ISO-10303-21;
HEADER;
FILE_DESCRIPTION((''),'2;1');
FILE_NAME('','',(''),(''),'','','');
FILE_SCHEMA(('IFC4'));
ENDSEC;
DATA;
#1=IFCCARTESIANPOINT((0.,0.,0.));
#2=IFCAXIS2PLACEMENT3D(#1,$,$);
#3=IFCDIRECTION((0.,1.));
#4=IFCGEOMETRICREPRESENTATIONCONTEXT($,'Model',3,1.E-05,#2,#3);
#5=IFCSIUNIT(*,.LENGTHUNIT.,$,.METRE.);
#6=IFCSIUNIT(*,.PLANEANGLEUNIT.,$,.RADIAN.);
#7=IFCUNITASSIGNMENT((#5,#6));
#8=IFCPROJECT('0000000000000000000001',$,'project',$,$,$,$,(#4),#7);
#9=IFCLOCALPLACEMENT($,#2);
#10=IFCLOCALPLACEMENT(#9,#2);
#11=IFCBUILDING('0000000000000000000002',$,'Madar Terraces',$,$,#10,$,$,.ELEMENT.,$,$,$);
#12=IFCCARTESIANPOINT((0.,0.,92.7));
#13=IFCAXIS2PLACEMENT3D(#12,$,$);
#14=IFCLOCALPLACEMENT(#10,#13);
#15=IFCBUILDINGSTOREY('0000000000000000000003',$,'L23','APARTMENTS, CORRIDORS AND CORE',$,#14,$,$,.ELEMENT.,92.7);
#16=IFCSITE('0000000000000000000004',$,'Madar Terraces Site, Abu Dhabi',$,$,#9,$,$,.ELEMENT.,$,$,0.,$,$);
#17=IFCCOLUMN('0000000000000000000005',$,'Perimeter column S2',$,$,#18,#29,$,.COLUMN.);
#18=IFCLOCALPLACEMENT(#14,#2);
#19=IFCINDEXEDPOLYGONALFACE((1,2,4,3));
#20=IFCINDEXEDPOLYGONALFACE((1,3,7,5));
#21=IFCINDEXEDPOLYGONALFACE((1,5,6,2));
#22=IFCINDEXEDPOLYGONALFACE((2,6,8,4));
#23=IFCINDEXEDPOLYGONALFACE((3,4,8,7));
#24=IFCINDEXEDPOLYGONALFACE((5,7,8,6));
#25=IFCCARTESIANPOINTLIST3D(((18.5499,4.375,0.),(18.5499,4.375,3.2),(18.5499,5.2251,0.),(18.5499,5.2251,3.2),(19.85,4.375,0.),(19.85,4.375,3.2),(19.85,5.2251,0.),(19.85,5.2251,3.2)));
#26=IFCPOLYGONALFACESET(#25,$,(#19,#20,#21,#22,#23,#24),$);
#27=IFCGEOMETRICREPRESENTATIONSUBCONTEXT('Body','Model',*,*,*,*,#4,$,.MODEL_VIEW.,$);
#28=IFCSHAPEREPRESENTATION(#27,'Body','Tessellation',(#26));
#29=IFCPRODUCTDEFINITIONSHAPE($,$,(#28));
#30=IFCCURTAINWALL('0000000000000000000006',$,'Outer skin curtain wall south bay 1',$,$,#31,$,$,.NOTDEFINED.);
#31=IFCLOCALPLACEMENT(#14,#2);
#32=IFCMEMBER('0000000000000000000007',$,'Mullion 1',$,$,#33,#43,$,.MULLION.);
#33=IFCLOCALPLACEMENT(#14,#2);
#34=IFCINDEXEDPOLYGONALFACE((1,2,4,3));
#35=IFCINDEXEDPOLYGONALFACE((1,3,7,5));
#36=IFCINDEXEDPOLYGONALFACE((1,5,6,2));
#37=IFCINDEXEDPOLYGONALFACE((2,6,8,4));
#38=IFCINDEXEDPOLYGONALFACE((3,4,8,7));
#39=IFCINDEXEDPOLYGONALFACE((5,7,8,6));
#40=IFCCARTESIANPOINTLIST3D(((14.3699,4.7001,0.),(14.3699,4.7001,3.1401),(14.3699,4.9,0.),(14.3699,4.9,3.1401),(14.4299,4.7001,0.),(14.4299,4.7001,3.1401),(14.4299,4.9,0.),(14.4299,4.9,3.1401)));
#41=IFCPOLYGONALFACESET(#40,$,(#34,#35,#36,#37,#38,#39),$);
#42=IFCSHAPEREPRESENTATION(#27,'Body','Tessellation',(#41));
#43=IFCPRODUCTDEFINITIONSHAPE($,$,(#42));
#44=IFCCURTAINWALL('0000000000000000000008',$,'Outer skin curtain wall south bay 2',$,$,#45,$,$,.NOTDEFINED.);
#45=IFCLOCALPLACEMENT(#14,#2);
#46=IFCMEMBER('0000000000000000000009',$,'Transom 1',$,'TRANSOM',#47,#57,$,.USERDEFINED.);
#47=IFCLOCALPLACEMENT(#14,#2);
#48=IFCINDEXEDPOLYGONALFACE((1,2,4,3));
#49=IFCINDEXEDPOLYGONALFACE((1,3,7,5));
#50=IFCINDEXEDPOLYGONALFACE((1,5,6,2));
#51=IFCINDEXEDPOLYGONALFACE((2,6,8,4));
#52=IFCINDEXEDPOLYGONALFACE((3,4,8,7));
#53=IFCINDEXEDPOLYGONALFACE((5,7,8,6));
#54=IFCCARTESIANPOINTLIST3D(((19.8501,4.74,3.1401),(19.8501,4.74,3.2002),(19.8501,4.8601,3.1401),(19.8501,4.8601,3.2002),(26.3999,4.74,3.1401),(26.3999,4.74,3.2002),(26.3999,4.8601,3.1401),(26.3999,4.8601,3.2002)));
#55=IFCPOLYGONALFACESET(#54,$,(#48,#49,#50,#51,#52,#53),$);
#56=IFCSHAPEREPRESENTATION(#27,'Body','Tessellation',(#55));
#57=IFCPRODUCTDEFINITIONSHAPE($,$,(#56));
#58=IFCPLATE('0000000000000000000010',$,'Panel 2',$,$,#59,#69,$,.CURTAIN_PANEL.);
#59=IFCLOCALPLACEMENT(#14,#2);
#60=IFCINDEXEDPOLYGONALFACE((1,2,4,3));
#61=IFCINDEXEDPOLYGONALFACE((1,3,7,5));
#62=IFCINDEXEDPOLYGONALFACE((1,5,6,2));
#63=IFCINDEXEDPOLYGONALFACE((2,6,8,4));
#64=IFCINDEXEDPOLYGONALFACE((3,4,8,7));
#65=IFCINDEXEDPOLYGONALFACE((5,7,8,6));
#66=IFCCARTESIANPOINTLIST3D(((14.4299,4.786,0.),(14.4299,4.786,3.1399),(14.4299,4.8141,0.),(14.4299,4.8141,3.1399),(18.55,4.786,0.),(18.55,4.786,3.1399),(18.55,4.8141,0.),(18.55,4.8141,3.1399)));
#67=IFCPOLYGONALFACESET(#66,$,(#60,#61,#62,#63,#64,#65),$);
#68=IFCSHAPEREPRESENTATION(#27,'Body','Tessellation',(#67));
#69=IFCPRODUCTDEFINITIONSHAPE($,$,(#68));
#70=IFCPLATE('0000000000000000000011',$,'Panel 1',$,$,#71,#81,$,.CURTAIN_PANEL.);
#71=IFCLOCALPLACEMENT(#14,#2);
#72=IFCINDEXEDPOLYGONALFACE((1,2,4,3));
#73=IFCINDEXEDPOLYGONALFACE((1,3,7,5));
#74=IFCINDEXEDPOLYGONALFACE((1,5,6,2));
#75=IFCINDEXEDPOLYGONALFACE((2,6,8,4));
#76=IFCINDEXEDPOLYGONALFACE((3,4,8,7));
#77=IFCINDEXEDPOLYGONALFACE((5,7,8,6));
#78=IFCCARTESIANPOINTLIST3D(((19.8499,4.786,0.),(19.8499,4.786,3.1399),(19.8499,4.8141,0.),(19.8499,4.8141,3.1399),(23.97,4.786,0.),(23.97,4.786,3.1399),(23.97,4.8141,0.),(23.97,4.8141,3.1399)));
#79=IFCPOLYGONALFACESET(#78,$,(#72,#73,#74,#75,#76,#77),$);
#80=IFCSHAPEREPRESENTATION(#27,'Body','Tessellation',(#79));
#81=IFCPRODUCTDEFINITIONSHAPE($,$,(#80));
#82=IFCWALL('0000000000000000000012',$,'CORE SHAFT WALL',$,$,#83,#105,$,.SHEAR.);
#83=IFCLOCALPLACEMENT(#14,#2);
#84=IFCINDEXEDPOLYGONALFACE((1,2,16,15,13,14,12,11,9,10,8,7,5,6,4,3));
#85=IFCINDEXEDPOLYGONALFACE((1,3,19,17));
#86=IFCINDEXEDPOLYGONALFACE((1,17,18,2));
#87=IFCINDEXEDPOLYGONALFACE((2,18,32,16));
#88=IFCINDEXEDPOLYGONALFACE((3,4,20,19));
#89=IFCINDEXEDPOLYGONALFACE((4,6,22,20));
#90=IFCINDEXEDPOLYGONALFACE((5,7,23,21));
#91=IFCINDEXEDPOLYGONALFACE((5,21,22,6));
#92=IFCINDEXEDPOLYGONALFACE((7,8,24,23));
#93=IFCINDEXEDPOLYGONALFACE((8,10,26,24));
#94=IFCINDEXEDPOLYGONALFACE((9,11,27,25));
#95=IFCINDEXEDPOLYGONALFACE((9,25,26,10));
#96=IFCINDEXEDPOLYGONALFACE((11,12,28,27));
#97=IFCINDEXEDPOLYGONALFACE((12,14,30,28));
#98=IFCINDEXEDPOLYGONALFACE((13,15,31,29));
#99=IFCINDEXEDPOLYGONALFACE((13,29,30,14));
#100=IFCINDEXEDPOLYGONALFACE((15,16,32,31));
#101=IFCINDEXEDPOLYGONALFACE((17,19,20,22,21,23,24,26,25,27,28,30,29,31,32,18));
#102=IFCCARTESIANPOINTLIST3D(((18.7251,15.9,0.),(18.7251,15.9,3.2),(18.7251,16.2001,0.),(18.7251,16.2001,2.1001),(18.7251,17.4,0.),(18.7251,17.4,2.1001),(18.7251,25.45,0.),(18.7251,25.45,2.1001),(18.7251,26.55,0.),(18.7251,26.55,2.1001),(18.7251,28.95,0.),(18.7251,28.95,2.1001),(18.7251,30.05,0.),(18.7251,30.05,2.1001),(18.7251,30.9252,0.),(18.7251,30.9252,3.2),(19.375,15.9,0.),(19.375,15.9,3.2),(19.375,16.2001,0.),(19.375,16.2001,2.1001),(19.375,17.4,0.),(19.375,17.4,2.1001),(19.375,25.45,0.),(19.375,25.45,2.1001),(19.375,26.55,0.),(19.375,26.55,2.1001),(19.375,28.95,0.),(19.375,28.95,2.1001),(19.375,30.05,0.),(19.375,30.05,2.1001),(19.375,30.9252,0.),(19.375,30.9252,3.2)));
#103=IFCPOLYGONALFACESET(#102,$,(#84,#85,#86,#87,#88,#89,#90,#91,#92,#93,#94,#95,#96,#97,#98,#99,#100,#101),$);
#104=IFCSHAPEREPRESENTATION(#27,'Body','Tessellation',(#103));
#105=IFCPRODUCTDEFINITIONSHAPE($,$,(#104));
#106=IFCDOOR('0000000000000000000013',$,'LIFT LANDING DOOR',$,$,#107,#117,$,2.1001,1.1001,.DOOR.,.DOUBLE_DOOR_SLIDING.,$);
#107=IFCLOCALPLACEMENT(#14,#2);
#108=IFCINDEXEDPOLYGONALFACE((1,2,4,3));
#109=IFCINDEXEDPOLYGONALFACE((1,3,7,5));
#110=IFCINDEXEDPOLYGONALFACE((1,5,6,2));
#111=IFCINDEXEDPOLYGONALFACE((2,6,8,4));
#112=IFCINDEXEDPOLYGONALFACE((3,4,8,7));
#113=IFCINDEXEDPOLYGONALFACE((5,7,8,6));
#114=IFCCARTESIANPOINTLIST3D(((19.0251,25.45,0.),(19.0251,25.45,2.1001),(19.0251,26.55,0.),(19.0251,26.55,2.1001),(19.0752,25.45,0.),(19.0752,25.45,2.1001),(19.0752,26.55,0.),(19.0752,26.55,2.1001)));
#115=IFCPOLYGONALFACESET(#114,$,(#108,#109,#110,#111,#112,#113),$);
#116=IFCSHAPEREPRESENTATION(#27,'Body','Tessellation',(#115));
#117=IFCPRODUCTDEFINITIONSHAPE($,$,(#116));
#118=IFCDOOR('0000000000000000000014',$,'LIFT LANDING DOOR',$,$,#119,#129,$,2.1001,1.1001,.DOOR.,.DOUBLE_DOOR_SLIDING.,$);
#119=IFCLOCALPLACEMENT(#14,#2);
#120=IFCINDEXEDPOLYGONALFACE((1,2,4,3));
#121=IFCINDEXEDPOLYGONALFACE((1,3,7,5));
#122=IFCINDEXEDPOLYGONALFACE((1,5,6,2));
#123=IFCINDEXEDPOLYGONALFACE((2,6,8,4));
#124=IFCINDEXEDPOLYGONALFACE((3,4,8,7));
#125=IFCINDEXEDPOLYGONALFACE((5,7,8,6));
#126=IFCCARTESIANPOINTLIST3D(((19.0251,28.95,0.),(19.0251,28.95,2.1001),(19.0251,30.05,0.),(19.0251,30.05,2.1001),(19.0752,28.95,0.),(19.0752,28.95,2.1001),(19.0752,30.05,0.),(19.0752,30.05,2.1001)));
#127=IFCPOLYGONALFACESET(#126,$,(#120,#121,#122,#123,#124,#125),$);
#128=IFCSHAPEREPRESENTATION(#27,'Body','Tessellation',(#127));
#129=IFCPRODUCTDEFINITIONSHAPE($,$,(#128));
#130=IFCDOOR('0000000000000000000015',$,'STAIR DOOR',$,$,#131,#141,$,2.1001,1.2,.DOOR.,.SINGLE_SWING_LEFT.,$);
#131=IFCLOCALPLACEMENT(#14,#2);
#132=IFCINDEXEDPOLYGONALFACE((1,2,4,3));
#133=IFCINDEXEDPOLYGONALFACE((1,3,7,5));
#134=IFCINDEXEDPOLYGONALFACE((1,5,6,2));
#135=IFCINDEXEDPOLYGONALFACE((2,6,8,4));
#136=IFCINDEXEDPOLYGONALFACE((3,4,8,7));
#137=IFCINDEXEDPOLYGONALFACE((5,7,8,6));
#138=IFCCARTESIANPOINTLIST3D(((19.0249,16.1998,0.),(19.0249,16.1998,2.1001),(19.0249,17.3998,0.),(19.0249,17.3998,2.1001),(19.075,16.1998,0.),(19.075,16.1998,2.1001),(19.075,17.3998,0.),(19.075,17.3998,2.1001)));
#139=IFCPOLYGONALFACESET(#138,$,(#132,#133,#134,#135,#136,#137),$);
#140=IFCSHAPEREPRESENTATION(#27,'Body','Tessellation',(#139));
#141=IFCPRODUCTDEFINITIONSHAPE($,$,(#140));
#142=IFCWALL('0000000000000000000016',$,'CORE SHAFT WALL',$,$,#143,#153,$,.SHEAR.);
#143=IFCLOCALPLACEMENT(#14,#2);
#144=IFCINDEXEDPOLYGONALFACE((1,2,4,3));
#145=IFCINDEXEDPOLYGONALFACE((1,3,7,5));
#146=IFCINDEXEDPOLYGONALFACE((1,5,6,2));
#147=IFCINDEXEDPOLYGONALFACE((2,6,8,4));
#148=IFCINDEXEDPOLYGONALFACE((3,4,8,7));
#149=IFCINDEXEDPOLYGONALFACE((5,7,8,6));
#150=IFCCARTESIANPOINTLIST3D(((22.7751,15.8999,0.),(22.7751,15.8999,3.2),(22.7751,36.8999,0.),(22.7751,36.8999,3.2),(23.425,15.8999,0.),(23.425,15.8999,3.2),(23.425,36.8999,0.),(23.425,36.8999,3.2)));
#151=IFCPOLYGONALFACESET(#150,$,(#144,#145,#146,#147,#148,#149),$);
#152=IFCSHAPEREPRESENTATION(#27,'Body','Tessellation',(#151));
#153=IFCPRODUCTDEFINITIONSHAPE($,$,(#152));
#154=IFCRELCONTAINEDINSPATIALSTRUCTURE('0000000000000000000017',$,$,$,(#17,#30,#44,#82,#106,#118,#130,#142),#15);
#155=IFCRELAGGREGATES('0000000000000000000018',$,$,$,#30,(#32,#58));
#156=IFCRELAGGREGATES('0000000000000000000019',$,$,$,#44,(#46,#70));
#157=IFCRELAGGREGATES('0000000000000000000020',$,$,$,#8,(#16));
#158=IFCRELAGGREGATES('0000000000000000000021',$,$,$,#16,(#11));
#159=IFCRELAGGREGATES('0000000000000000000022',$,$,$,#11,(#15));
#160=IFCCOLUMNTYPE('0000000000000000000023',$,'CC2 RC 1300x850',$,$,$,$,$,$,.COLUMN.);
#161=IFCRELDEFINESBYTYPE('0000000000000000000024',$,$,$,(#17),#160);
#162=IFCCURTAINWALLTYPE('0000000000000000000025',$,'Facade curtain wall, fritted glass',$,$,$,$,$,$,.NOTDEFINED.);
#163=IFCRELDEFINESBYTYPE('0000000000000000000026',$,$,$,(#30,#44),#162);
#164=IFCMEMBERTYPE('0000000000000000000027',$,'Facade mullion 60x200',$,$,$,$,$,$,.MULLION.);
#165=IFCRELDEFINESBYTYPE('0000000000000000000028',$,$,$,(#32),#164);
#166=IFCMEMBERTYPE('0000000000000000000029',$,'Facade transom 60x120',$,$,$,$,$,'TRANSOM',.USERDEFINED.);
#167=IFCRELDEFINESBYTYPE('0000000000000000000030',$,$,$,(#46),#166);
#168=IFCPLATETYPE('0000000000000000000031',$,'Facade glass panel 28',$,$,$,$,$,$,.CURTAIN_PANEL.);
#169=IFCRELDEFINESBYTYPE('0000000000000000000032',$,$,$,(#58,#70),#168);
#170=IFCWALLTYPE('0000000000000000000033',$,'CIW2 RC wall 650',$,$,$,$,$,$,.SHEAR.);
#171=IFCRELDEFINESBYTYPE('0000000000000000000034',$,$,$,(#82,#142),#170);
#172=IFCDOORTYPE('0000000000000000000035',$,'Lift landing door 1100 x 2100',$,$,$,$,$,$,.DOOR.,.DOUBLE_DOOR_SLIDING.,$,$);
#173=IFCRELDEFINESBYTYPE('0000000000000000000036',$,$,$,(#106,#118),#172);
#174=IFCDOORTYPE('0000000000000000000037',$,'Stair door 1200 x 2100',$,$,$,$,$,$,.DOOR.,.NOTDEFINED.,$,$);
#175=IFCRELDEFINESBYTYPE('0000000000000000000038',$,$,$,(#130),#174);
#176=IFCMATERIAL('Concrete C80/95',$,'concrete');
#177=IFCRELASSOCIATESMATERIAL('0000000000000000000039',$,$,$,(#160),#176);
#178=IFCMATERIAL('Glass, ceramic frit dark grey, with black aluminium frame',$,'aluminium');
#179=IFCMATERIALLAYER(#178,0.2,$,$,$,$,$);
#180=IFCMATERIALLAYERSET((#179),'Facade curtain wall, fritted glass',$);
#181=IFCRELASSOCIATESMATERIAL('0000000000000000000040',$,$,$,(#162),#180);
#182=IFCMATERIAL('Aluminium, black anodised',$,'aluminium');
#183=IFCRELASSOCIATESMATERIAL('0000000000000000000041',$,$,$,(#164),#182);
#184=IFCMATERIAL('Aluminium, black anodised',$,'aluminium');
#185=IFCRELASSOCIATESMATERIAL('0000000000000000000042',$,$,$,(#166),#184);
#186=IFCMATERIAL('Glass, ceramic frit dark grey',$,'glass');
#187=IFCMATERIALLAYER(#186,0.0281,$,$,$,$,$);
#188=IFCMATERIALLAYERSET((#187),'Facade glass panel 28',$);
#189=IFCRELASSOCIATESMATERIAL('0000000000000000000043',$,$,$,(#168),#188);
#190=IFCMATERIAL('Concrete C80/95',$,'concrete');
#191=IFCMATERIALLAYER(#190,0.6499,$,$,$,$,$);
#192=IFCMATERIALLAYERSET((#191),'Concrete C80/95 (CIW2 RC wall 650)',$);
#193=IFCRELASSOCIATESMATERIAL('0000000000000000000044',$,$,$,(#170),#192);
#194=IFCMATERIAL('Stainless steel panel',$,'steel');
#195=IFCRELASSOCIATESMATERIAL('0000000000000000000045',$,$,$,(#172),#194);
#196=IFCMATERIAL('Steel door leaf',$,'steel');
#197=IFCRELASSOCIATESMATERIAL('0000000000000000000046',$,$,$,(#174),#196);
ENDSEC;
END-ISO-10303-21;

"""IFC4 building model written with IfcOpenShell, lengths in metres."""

from ifc_helpers import new_model, si_unit, direction, frame, frame_2d, origin, origin_2d, place, context, subcontext, project, spatial, rectangle, extrude, material, layer, layer_set, material_profile, profile_set, type_object, element, fill, aggregate, save


model = new_model("IFC4")

# Units and contexts
model_context = context("Model", 3, precision=1e-05, world=origin(), true_north=direction((0.0, 1.0)))
body_context = subcontext(model_context, "Body", "Model", "MODEL_VIEW")
ifc_project = project(units=[si_unit("LENGTHUNIT", "METRE"), si_unit("PLANEANGLEUNIT", "RADIAN")], contexts=[model_context])

# Site, building, storey
site_placement = place(None, origin())
site = spatial("IfcSite", under=ifc_project, at=site_placement, Name="Madar Terraces Site, Abu Dhabi", CompositionType="ELEMENT", RefElevation=0.0)
building_placement = place(site_placement, origin())
building = spatial("IfcBuilding", under=site, at=building_placement, Name="Madar Terraces", CompositionType="ELEMENT")
storey_placement = place(building_placement, frame((0.0, 0.0, 92.7)))
storey = spatial("IfcBuildingStorey", under=building, at=storey_placement, Name="L23", Description="APARTMENTS, CORRIDORS AND CORE", CompositionType="ELEMENT", Elevation=92.7)

# Column
ifc_material_1 = material(Name="Concrete C80/95", Category="concrete")
ifc_material_profile_1 = material_profile(ifc_material_1, rectangle(XDim=1.3, YDim=0.8501, at=origin_2d()), Name="CC2 RC 1300x850")
ifc_profile_set_1 = profile_set([ifc_material_profile_1], Name="Concrete C80/95")
column_type = type_object("IfcColumnType", Name="CC2 RC 1300x850", PredefinedType="COLUMN", material=ifc_profile_set_1)
column_placement = place(storey_placement, frame((19.2, 4.8, 0.0), z_axis=(0.0, 0.0, 1.0), x_axis=(1.0, 0.0, 0.0)))
element("IfcColumn", 1, at=column_placement, inside=storey, type_object=column_type, Name="Perimeter column S2", PredefinedType="COLUMN", context=body_context, shape_type="SweptSolid", body=[
    extrude(rectangle(XDim=1.3, YDim=0.8501, at=origin_2d()), origin(), (0.0, 0.0, 1.0), 3.2),
])

# Curtain walls, members
ifc_material_2 = material(Name="Glass, ceramic frit dark grey, with black aluminium frame", Category="aluminium")
ifc_layer_1 = layer(ifc_material_2, 0.2)
ifc_layer_set_1 = layer_set([ifc_layer_1], Name="Facade curtain wall, fritted glass")
curtain_wall_type = type_object("IfcCurtainWallType", Name="Facade curtain wall, fritted glass", PredefinedType="NOTDEFINED", material=ifc_layer_set_1)
curtain_wall_1_placement = place(storey_placement, origin())
curtain_wall_1 = element("IfcCurtainWall", 2, at=curtain_wall_1_placement, inside=storey, type_object=curtain_wall_type, Name="Outer skin curtain wall south bay 1", PredefinedType="NOTDEFINED")
ifc_material_3 = material(Name="Aluminium, black anodised", Category="aluminium")
ifc_material_profile_2 = material_profile(ifc_material_3, rectangle(XDim=0.2, YDim=0.0601, at=origin_2d()), Name="Facade mullion 60x200")
ifc_profile_set_2 = profile_set([ifc_material_profile_2], Name="Aluminium, black anodised")
member_type_1 = type_object("IfcMemberType", Name="Facade mullion 60x200", PredefinedType="MULLION", material=ifc_profile_set_2)
member_1_placement = place(storey_placement, frame((14.3999, 4.8, 0.0), z_axis=(0.0, 0.0, 1.0), x_axis=(0.0, 1.0, 0.0)))
member_1 = element("IfcMember", 3, at=member_1_placement, type_object=member_type_1, Name="Mullion 1", PredefinedType="MULLION", context=body_context, shape_type="SweptSolid", body=[
    extrude(rectangle(XDim=0.2, YDim=0.0601, at=origin_2d()), origin(), (0.0, 0.0, 1.0), 3.1401),
])
curtain_wall_2_placement = place(storey_placement, origin())
curtain_wall_2 = element("IfcCurtainWall", 4, at=curtain_wall_2_placement, inside=storey, type_object=curtain_wall_type, Name="Outer skin curtain wall south bay 2", PredefinedType="NOTDEFINED")
ifc_material_4 = material(Name="Aluminium, black anodised", Category="aluminium")
ifc_material_profile_3 = material_profile(ifc_material_4, rectangle(XDim=0.1201, YDim=0.0601, at=origin_2d()), Name="Facade transom 60x120")
ifc_profile_set_3 = profile_set([ifc_material_profile_3], Name="Aluminium, black anodised")
member_type_2 = type_object("IfcMemberType", Name="Facade transom 60x120", ElementType="TRANSOM", PredefinedType="USERDEFINED", material=ifc_profile_set_3)
member_2_placement = place(storey_placement, frame((19.8501, 4.8, 3.1702), z_axis=(1.0, 0.0, 0.0), x_axis=(0.0, 1.0, 0.0)))
member_2 = element("IfcMember", 5, at=member_2_placement, type_object=member_type_2, Name="Transom 1", ObjectType="TRANSOM", PredefinedType="USERDEFINED", context=body_context, shape_type="SweptSolid", body=[
    extrude(rectangle(XDim=0.1201, YDim=0.0601, at=origin_2d()), origin(), (0.0, 0.0, 1.0), 6.5498),
])

# Plates
ifc_material_5 = material(Name="Glass, ceramic frit dark grey", Category="glass")
ifc_layer_2 = layer(ifc_material_5, 0.0281)
ifc_layer_set_2 = layer_set([ifc_layer_2], Name="Facade glass panel 28")
plate_type = type_object("IfcPlateType", Name="Facade glass panel 28", PredefinedType="CURTAIN_PANEL", material=ifc_layer_set_2)
plate_1_placement = place(storey_placement, frame((16.49, 4.8, 0.0), z_axis=(0.0, 0.0, 1.0), x_axis=(1.0, 0.0, 0.0)))
plate_1 = element("IfcPlate", 6, at=plate_1_placement, type_object=plate_type, Name="Panel 2", PredefinedType="CURTAIN_PANEL", context=body_context, shape_type="SweptSolid", body=[
    extrude(rectangle(XDim=4.1201, YDim=0.0281, at=origin_2d()), origin(), (0.0, 0.0, 1.0), 3.1399),
])
aggregate(curtain_wall_1, [member_1, plate_1])
plate_2_placement = place(storey_placement, frame((21.9099, 4.8, 0.0), z_axis=(0.0, 0.0, 1.0), x_axis=(1.0, 0.0, 0.0)))
plate_2 = element("IfcPlate", 7, at=plate_2_placement, type_object=plate_type, Name="Panel 1", PredefinedType="CURTAIN_PANEL", context=body_context, shape_type="SweptSolid", body=[
    extrude(rectangle(XDim=4.1201, YDim=0.0281, at=origin_2d()), origin(), (0.0, 0.0, 1.0), 3.1399),
])
aggregate(curtain_wall_2, [member_2, plate_2])

# Wall, openings, doors
ifc_material_6 = material(Name="Concrete C80/95", Category="concrete")
ifc_layer_3 = layer(ifc_material_6, 0.6499)
ifc_layer_set_3 = layer_set([ifc_layer_3], Name="Concrete C80/95 (CIW2 RC wall 650)")
wall_type_1 = type_object("IfcWallType", Name="CIW2 RC wall 650", PredefinedType="SHEAR", material=ifc_layer_set_3)
wall_1_placement = place(storey_placement, frame((19.05, 15.8999, 0.0), z_axis=(0.0, 0.0, 1.0), x_axis=(0.0, 1.0, 0.0)))
wall_1 = element("IfcWall", 8, at=wall_1_placement, inside=storey, type_object=wall_type_1, Name="CORE SHAFT WALL", PredefinedType="SHEAR", context=body_context, shape_type="SweptSolid", body=[
    extrude(rectangle(XDim=15.0251, YDim=0.6499, at=frame_2d((7.5127, 0.0))), origin(), (0.0, 0.0, 1.0), 3.2),
])
opening_1_placement = place(wall_1_placement, frame((9.55, 0.0, 0.0)))
opening_1 = element("IfcOpeningElement", 9, at=opening_1_placement, cuts=wall_1, PredefinedType="OPENING", context=body_context, shape_type="SweptSolid", body=[
    extrude(rectangle(XDim=1.1001, YDim=2.1001, at=frame_2d((0.55, 1.05))), frame((0.0, 0.335, 0.0), z_axis=(0.0, -1.0, 0.0), x_axis=(1.0, 0.0, 0.0)), (0.0, 0.0, 1.0), 0.6699),
])
opening_2_placement = place(wall_1_placement, frame((13.05, 0.0, 0.0)))
opening_2 = element("IfcOpeningElement", 10, at=opening_2_placement, cuts=wall_1, PredefinedType="OPENING", context=body_context, shape_type="SweptSolid", body=[
    extrude(rectangle(XDim=1.1001, YDim=2.1001, at=frame_2d((0.55, 1.05))), frame((0.0, 0.335, 0.0), z_axis=(0.0, -1.0, 0.0), x_axis=(1.0, 0.0, 0.0)), (0.0, 0.0, 1.0), 0.6699),
])
opening_3_placement = place(wall_1_placement, frame((0.3, 0.0, 0.0)))
opening_3 = element("IfcOpeningElement", 11, at=opening_3_placement, cuts=wall_1, PredefinedType="OPENING", context=body_context, shape_type="SweptSolid", body=[
    extrude(rectangle(XDim=1.2, YDim=2.1001, at=frame_2d((0.6001, 1.05))), frame((0.0, 0.335, 0.0), z_axis=(0.0, -1.0, 0.0), x_axis=(1.0, 0.0, 0.0)), (0.0, 0.0, 1.0), 0.6699),
])
ifc_material_7 = material(Name="Stainless steel panel", Category="steel")
door_type_1 = type_object("IfcDoorType", Name="Lift landing door 1100 x 2100", OperationType="DOUBLE_DOOR_SLIDING", PredefinedType="DOOR", material=ifc_material_7)
door_1_placement = place(opening_1_placement, origin())
door_1 = element("IfcDoor", 12, at=door_1_placement, inside=storey, type_object=door_type_1, Name="LIFT LANDING DOOR", OperationType="DOUBLE_DOOR_SLIDING", OverallHeight=2.1001, OverallWidth=1.1001, PredefinedType="DOOR", context=body_context, shape_type="SweptSolid", body=[
    extrude(rectangle(XDim=1.1001, YDim=2.1001, at=frame_2d((0.55, 1.05))), frame((0.0, 0.0249, 0.0), z_axis=(0.0, -1.0, 0.0), x_axis=(1.0, 0.0, 0.0)), (0.0, 0.0, 1.0), 0.05),
])
fill(opening_1, door_1)
door_2_placement = place(opening_2_placement, origin())
door_2 = element("IfcDoor", 13, at=door_2_placement, inside=storey, type_object=door_type_1, Name="LIFT LANDING DOOR", OperationType="DOUBLE_DOOR_SLIDING", OverallHeight=2.1001, OverallWidth=1.1001, PredefinedType="DOOR", context=body_context, shape_type="SweptSolid", body=[
    extrude(rectangle(XDim=1.1001, YDim=2.1001, at=frame_2d((0.55, 1.05))), frame((0.0, 0.0249, 0.0), z_axis=(0.0, -1.0, 0.0), x_axis=(1.0, 0.0, 0.0)), (0.0, 0.0, 1.0), 0.05),
])
fill(opening_2, door_2)
ifc_material_8 = material(Name="Steel door leaf", Category="steel")
door_type_2 = type_object("IfcDoorType", Name="Stair door 1200 x 2100", OperationType="NOTDEFINED", PredefinedType="DOOR", material=ifc_material_8)
door_3_placement = place(opening_3_placement, frame((1.2, 0.0, 0.0), z_axis=(0.0, 0.0, 1.0), x_axis=(-1.0, 0.0, 0.0)))
door_3 = element("IfcDoor", 14, at=door_3_placement, inside=storey, type_object=door_type_2, Name="STAIR DOOR", OperationType="SINGLE_SWING_LEFT", OverallHeight=2.1001, OverallWidth=1.2, PredefinedType="DOOR", context=body_context, shape_type="SweptSolid", body=[
    extrude(rectangle(XDim=1.2, YDim=2.1001, at=frame_2d((0.6001, 1.05))), frame((0.0, 0.0249, 0.0), z_axis=(0.0, -1.0, 0.0), x_axis=(1.0, 0.0, 0.0)), (0.0, 0.0, 1.0), 0.05),
])
fill(opening_3, door_3)

# Wall
wall_2_placement = place(storey_placement, frame((23.1001, 15.8999, 0.0), z_axis=(0.0, 0.0, 1.0), x_axis=(0.0, 1.0, 0.0)))
element("IfcWall", 15, at=wall_2_placement, inside=storey, type_object=wall_type_1, Name="CORE SHAFT WALL", PredefinedType="SHEAR", context=body_context, shape_type="SweptSolid", body=[
    extrude(rectangle(XDim=21.0, YDim=0.6499, at=frame_2d((10.5, 0.0))), origin(), (0.0, 0.0, 1.0), 3.2),
])

save(model, "model.ifc")
